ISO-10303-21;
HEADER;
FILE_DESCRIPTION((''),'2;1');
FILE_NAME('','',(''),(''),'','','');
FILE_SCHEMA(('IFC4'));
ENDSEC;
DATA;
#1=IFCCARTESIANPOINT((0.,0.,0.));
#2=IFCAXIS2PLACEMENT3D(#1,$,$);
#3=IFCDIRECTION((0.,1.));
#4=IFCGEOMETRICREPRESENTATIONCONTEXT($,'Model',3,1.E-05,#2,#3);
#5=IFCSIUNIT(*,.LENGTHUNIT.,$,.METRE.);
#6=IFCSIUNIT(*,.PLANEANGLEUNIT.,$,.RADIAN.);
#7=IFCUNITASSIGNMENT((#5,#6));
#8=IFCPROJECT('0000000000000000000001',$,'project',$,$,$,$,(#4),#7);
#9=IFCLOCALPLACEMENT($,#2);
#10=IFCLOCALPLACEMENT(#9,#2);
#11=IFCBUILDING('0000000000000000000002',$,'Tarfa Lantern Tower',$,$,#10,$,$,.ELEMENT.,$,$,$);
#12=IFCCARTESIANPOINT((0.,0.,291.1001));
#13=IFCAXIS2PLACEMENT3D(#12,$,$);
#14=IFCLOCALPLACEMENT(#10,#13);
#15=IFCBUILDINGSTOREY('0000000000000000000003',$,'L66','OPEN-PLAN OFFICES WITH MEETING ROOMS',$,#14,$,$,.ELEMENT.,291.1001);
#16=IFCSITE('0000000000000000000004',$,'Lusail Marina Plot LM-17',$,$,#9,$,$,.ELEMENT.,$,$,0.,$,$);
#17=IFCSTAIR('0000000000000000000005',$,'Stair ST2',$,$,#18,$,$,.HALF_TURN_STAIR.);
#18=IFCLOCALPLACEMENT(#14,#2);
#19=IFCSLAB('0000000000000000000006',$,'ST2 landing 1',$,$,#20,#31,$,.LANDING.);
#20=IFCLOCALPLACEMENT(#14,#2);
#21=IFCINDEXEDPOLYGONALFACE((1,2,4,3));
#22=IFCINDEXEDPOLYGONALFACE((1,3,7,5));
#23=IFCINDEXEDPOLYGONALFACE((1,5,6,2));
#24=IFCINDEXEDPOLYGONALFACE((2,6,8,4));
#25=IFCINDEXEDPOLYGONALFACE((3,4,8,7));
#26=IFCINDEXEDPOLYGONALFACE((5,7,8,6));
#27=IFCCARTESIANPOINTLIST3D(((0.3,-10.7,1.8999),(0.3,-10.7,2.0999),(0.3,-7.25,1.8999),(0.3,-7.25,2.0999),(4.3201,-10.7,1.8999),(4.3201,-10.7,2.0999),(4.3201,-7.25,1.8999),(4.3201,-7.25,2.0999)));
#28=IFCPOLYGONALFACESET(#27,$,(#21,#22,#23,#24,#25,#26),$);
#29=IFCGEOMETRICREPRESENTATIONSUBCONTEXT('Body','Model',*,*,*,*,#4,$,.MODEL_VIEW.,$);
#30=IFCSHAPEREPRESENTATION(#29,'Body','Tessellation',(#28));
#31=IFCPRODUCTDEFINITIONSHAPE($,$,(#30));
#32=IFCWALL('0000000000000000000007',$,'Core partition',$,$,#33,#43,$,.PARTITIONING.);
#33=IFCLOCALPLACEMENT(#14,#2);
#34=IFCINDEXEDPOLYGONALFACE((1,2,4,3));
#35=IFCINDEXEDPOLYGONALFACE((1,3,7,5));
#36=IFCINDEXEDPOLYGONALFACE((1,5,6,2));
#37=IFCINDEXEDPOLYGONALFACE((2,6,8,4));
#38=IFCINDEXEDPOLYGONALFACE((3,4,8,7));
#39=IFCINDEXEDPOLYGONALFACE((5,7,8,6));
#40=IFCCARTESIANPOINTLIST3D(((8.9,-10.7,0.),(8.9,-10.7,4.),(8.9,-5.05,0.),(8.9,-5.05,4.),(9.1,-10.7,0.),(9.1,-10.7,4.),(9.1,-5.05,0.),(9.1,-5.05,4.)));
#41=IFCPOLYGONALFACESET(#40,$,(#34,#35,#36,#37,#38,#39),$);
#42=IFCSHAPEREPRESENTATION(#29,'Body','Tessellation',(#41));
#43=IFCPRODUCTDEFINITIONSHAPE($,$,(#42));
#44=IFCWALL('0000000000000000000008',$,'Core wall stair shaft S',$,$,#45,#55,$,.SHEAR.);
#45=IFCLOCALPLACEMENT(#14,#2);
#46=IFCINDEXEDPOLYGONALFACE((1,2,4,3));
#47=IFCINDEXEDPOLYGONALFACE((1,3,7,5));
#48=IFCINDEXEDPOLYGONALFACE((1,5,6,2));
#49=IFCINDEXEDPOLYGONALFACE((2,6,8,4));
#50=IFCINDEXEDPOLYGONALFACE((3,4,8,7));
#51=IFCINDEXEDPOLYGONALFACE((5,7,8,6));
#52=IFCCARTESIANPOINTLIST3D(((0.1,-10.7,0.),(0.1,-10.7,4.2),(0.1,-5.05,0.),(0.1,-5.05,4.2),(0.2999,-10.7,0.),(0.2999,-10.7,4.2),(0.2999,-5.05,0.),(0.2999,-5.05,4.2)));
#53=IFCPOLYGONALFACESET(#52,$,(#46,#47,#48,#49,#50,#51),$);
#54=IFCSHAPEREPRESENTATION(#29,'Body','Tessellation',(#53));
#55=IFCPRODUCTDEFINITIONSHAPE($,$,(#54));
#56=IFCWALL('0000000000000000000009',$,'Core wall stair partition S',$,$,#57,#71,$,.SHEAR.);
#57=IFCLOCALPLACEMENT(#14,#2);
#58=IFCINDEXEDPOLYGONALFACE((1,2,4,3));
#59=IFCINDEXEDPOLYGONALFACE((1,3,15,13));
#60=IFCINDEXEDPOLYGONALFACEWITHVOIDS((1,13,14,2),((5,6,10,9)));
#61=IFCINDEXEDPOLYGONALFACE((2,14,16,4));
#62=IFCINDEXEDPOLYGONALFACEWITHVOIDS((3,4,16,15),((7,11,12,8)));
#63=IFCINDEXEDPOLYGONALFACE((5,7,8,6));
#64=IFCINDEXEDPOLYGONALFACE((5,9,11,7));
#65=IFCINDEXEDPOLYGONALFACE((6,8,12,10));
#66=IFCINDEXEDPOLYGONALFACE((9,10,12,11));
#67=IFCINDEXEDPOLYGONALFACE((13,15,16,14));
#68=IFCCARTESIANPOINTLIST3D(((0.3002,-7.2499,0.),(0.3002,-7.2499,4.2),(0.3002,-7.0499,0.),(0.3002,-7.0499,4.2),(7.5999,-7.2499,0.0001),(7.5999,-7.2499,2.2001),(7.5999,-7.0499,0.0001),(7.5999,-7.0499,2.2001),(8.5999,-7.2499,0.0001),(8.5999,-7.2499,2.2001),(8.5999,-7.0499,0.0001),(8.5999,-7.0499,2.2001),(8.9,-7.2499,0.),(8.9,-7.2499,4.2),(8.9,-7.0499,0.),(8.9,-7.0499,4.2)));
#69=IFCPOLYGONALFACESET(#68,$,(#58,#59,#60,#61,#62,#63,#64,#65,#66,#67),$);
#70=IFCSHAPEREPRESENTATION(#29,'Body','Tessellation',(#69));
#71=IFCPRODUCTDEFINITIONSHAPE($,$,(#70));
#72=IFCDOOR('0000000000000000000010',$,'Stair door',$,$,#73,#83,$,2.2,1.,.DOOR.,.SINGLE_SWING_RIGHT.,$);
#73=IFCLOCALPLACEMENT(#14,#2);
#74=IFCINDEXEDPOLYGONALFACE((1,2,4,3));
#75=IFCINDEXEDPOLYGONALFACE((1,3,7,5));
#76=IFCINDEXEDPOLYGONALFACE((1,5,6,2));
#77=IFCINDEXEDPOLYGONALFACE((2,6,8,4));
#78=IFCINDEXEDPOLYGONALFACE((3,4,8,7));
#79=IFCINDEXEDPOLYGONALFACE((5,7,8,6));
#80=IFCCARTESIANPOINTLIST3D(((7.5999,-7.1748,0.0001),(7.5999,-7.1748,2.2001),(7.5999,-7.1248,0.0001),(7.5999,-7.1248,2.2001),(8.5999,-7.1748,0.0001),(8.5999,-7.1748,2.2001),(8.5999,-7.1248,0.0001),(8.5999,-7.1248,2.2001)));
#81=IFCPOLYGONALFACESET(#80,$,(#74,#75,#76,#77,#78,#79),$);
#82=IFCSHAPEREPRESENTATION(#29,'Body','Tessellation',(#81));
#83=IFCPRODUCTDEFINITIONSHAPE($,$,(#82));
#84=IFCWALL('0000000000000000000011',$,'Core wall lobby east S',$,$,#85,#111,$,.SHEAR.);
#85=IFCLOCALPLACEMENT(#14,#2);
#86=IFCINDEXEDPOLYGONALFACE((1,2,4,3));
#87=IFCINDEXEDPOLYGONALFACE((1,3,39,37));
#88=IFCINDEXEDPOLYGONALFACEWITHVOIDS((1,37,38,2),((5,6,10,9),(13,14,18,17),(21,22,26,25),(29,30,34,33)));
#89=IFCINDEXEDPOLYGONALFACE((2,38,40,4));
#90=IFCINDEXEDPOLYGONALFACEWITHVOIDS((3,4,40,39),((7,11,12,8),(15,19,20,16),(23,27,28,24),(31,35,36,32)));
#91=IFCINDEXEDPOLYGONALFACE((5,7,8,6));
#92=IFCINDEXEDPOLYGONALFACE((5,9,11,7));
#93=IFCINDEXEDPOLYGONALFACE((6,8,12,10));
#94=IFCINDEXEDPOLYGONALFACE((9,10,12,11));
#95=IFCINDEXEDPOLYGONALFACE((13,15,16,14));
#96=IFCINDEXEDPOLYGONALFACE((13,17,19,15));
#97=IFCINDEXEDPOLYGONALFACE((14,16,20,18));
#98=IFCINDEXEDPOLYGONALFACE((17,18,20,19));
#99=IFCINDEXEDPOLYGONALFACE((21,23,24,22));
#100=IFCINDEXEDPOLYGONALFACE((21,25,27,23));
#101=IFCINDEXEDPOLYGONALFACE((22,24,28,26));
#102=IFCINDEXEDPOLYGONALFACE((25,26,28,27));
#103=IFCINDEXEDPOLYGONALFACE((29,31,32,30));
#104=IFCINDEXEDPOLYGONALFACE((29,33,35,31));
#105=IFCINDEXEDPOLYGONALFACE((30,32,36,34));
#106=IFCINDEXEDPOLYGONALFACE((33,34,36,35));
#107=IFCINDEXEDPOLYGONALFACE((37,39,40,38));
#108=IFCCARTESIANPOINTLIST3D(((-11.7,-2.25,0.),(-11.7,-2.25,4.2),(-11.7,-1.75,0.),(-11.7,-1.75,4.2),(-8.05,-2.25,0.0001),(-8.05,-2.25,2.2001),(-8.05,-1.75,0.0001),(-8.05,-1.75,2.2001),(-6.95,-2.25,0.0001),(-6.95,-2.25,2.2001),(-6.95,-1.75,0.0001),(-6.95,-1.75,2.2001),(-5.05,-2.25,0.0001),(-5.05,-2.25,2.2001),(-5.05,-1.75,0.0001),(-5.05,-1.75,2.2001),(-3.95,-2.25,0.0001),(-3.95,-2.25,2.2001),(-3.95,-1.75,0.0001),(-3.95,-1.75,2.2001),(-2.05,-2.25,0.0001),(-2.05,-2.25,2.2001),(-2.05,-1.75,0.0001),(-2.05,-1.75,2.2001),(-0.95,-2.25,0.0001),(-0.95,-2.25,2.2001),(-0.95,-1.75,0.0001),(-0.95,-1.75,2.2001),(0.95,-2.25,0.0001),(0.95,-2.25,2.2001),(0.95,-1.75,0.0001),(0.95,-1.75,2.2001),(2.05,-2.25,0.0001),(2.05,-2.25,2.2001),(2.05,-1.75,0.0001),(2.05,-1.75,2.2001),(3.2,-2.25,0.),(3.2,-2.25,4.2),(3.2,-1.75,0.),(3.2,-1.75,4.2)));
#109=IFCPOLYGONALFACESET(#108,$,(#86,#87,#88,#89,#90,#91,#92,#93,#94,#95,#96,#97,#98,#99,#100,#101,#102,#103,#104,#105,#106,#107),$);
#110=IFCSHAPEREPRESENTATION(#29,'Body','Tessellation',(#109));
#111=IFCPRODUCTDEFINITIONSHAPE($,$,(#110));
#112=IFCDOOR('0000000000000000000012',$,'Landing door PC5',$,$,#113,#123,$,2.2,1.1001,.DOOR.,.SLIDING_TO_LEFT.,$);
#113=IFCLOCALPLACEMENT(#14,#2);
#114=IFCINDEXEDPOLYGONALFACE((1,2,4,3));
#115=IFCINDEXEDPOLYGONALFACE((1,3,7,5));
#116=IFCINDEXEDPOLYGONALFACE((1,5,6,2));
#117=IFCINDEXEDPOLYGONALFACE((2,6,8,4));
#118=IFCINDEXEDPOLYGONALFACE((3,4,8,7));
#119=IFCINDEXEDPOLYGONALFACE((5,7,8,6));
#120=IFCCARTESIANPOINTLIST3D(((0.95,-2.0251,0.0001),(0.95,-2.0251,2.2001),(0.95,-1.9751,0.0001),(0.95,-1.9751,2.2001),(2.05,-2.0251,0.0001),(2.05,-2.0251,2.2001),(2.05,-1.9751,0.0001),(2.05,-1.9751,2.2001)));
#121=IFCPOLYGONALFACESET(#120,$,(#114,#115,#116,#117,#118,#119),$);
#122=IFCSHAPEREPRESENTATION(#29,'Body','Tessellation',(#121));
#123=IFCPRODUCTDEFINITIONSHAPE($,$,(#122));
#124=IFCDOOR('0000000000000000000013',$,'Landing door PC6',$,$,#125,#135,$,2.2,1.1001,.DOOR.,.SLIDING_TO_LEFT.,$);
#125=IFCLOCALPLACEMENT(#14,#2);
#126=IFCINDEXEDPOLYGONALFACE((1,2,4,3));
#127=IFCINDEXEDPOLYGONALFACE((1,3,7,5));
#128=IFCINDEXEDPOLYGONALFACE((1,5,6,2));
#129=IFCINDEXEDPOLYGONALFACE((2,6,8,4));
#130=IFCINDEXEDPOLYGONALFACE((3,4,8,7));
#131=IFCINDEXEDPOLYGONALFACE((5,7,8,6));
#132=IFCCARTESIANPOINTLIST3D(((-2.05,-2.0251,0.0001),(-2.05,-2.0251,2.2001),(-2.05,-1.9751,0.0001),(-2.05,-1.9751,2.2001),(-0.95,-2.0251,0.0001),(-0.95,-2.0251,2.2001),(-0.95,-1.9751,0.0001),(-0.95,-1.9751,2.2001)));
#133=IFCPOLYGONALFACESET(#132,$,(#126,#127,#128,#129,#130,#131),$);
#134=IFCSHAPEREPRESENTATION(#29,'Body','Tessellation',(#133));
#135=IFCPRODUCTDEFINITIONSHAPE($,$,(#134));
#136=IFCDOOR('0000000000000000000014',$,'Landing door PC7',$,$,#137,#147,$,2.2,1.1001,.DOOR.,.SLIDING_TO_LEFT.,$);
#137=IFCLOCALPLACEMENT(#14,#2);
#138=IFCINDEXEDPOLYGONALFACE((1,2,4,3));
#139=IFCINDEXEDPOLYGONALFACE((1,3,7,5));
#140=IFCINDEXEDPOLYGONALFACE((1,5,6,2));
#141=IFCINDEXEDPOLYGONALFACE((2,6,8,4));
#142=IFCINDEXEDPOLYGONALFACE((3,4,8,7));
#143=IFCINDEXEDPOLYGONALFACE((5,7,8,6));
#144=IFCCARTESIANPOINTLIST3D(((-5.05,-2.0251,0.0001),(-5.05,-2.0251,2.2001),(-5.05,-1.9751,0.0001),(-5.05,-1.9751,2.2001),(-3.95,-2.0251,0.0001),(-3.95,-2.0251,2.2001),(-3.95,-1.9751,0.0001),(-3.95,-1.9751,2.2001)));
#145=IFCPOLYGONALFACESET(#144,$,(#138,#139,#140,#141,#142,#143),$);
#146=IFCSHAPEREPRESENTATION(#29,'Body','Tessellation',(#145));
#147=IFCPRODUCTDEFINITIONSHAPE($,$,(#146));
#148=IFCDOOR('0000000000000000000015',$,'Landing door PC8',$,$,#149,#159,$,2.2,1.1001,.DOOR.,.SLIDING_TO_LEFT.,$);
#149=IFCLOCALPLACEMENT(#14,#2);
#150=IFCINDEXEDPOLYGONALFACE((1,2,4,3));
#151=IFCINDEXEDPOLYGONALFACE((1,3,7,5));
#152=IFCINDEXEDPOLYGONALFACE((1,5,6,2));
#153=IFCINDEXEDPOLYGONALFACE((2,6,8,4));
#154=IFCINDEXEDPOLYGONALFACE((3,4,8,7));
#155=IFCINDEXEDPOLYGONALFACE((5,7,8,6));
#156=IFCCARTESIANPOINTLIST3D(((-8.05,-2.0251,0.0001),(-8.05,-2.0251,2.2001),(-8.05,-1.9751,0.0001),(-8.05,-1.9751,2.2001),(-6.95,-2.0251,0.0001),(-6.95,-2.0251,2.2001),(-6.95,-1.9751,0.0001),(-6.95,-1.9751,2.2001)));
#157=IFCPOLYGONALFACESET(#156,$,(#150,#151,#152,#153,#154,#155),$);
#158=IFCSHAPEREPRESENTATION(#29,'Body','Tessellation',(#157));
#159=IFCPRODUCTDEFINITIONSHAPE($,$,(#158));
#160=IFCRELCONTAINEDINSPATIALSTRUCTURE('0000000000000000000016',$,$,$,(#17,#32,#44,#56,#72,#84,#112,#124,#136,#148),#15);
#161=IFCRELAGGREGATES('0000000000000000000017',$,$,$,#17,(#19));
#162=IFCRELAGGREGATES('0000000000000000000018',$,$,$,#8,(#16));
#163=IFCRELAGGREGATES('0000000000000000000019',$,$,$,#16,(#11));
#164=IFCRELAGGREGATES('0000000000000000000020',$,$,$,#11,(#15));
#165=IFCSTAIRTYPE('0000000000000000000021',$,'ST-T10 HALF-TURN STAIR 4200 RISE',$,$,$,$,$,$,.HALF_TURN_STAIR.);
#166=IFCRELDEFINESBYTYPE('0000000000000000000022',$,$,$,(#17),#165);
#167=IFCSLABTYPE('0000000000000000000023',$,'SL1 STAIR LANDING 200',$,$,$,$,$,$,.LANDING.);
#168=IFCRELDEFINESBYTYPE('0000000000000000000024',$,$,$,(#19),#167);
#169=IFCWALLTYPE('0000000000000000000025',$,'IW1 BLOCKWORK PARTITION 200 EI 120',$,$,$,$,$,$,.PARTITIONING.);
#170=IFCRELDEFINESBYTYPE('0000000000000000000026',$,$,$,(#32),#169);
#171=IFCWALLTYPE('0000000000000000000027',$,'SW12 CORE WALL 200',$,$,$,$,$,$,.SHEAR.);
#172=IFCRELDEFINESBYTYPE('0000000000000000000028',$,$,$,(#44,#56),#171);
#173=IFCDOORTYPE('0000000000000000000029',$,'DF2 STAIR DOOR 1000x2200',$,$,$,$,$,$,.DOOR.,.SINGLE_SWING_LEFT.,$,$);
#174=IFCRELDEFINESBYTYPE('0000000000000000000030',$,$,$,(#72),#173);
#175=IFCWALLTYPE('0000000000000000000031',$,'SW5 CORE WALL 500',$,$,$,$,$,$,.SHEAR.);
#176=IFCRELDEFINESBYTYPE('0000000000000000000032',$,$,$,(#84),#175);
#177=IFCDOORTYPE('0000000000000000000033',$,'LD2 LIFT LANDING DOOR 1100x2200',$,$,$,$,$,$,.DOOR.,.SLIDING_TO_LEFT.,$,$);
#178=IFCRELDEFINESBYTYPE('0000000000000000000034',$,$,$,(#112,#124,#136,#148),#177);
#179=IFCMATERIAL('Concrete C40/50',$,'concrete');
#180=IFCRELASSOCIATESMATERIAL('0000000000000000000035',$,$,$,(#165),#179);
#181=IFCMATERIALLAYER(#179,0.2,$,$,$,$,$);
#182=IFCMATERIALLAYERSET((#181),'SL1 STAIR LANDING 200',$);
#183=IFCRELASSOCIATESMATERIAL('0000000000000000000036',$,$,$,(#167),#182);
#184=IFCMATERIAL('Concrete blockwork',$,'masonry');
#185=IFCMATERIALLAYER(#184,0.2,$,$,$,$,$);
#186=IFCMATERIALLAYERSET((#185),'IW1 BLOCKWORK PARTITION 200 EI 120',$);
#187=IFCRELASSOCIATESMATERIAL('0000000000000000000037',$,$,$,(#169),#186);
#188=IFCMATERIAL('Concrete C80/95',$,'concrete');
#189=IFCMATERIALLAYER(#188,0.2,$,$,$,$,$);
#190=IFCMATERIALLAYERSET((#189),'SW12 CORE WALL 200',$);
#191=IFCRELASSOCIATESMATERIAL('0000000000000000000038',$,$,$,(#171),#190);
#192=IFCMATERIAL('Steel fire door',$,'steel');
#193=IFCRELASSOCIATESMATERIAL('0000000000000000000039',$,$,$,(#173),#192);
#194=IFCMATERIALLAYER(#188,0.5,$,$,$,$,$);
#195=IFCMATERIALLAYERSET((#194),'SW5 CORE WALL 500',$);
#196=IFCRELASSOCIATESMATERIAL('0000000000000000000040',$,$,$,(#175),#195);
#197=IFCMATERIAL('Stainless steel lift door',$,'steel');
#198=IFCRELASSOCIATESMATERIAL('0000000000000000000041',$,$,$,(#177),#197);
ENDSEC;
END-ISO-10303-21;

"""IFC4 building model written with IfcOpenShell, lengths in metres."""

from ifc_helpers import new_model, si_unit, direction, frame, frame_2d, origin, place, context, subcontext, project, spatial, polyline, rectangle, outline, extrude, material, layer, layer_set, type_object, element, fill, aggregate, save


model = new_model("IFC4")

# Units and contexts
model_context = context("Model", 3, precision=1e-05, world=origin(), true_north=direction((0.0, 1.0)))
body_context = subcontext(model_context, "Body", "Model", "MODEL_VIEW")
ifc_project = project(units=[si_unit("LENGTHUNIT", "METRE"), si_unit("PLANEANGLEUNIT", "RADIAN")], contexts=[model_context])

# Site, building, storey
site_placement = place(None, origin())
site = spatial("IfcSite", under=ifc_project, at=site_placement, Name="Lusail Marina Plot LM-17", CompositionType="ELEMENT", RefElevation=0.0)
building_placement = place(site_placement, origin())
building = spatial("IfcBuilding", under=site, at=building_placement, Name="Tarfa Lantern Tower", CompositionType="ELEMENT")
storey_placement = place(building_placement, frame((0.0, 0.0, 291.1001)))
storey = spatial("IfcBuildingStorey", under=building, at=storey_placement, Name="L66", Description="OPEN-PLAN OFFICES WITH MEETING ROOMS", CompositionType="ELEMENT", Elevation=291.1001)

# Stair, slab
ifc_material_1 = material(Name="Concrete C40/50", Category="concrete")
stair_type = type_object("IfcStairType", Name="ST-T10 HALF-TURN STAIR 4200 RISE", PredefinedType="HALF_TURN_STAIR", material=ifc_material_1)
stair_placement = place(storey_placement, origin())
stair = element("IfcStair", 1, at=stair_placement, inside=storey, type_object=stair_type, Name="Stair ST2", PredefinedType="HALF_TURN_STAIR")
ifc_layer_1 = layer(ifc_material_1, 0.2)
ifc_layer_set_1 = layer_set([ifc_layer_1], Name="SL1 STAIR LANDING 200")
slab_type = type_object("IfcSlabType", Name="SL1 STAIR LANDING 200", PredefinedType="LANDING", material=ifc_layer_set_1)
slab_placement = place(storey_placement, frame((0.0, 0.0, 1.8999)))
slab = element("IfcSlab", 2, at=slab_placement, type_object=slab_type, Name="ST2 landing 1", PredefinedType="LANDING", context=body_context, shape_type="SweptSolid", body=[
    extrude(outline(polyline([(4.3201, -7.25), (0.3, -7.25), (0.3, -10.7), (4.3201, -10.7), (4.3201, -7.25)])), origin(), (0.0, 0.0, 1.0), 0.2),
])
aggregate(stair, [slab])

# Walls
ifc_material_2 = material(Name="Concrete blockwork", Category="masonry")
ifc_layer_2 = layer(ifc_material_2, 0.2)
ifc_layer_set_2 = layer_set([ifc_layer_2], Name="IW1 BLOCKWORK PARTITION 200 EI 120")
wall_type_1 = type_object("IfcWallType", Name="IW1 BLOCKWORK PARTITION 200 EI 120", PredefinedType="PARTITIONING", material=ifc_layer_set_2)
wall_1_placement = place(storey_placement, frame((9.0, -5.05, 0.0), z_axis=(0.0, 0.0, 1.0), x_axis=(0.0, -1.0, 0.0)))
element("IfcWall", 3, at=wall_1_placement, inside=storey, type_object=wall_type_1, Name="Core partition", PredefinedType="PARTITIONING", context=body_context, shape_type="SweptSolid", body=[
    extrude(rectangle(XDim=5.6499, YDim=0.2, at=frame_2d((2.825, 0.0))), origin(), (0.0, 0.0, 1.0), 4.0),
])
ifc_material_3 = material(Name="Concrete C80/95", Category="concrete")
ifc_layer_3 = layer(ifc_material_3, 0.2)
ifc_layer_set_3 = layer_set([ifc_layer_3], Name="SW12 CORE WALL 200")
wall_type_2 = type_object("IfcWallType", Name="SW12 CORE WALL 200", PredefinedType="SHEAR", material=ifc_layer_set_3)
wall_2_placement = place(storey_placement, frame((0.2, -5.05, 0.0), z_axis=(0.0, 0.0, 1.0), x_axis=(0.0, -1.0, 0.0)))
element("IfcWall", 4, at=wall_2_placement, inside=storey, type_object=wall_type_2, Name="Core wall stair shaft S", PredefinedType="SHEAR", context=body_context, shape_type="SweptSolid", body=[
    extrude(rectangle(XDim=5.6499, YDim=0.2, at=frame_2d((2.825, 0.0))), origin(), (0.0, 0.0, 1.0), 4.2),
])

# Wall, opening, door
wall_3_placement = place(storey_placement, frame((8.8999, -7.1499, 0.0), z_axis=(0.0, 0.0, 1.0), x_axis=(-1.0, 0.0, 0.0)))
wall_3 = element("IfcWall", 5, at=wall_3_placement, inside=storey, type_object=wall_type_2, Name="Core wall stair partition S", PredefinedType="SHEAR", context=body_context, shape_type="SweptSolid", body=[
    extrude(rectangle(XDim=8.5999, YDim=0.2, at=frame_2d((4.2998, 0.0))), origin(), (0.0, 0.0, 1.0), 4.2),
])
opening_1_placement = place(wall_3_placement, frame((0.3, 0.0, 0.0)))
opening_1 = element("IfcOpeningElement", 6, at=opening_1_placement, cuts=wall_3, PredefinedType="OPENING", context=body_context, shape_type="SweptSolid", body=[
    extrude(rectangle(XDim=1.0, YDim=2.2, at=frame_2d((0.5, 1.1001))), frame((0.0, 0.1099, 0.0), z_axis=(0.0, -1.0, 0.0), x_axis=(1.0, 0.0, 0.0)), (0.0, 0.0, 1.0), 0.22),
])
ifc_material_4 = material(Name="Steel fire door", Category="steel")
door_type_1 = type_object("IfcDoorType", Name="DF2 STAIR DOOR 1000x2200", OperationType="SINGLE_SWING_LEFT", PredefinedType="DOOR", material=ifc_material_4)
door_1_placement = place(opening_1_placement, origin())
door_1 = element("IfcDoor", 7, at=door_1_placement, inside=storey, type_object=door_type_1, Name="Stair door", OperationType="SINGLE_SWING_RIGHT", OverallHeight=2.2, OverallWidth=1.0, PredefinedType="DOOR", context=body_context, shape_type="SweptSolid", body=[
    extrude(rectangle(XDim=1.0, YDim=2.2, at=frame_2d((0.5, 1.1001))), frame((0.0, 0.0249, 0.0), z_axis=(0.0, -1.0, 0.0), x_axis=(1.0, 0.0, 0.0)), (0.0, 0.0, 1.0), 0.05),
])
fill(opening_1, door_1)

# Wall, openings, doors
ifc_layer_4 = layer(ifc_material_3, 0.5)
ifc_layer_set_4 = layer_set([ifc_layer_4], Name="SW5 CORE WALL 500")
wall_type_3 = type_object("IfcWallType", Name="SW5 CORE WALL 500", PredefinedType="SHEAR", material=ifc_layer_set_4)
wall_4_placement = place(storey_placement, frame((3.2, -2.0, 0.0), z_axis=(0.0, 0.0, 1.0), x_axis=(-1.0, 0.0, 0.0)))
wall_4 = element("IfcWall", 8, at=wall_4_placement, inside=storey, type_object=wall_type_3, Name="Core wall lobby east S", PredefinedType="SHEAR", context=body_context, shape_type="SweptSolid", body=[
    extrude(rectangle(XDim=14.8999, YDim=0.5, at=frame_2d((7.45, 0.0))), origin(), (0.0, 0.0, 1.0), 4.2),
])
opening_2_placement = place(wall_4_placement, frame((1.1499, 0.0, 0.0)))
opening_2 = element("IfcOpeningElement", 9, at=opening_2_placement, cuts=wall_4, PredefinedType="OPENING", context=body_context, shape_type="SweptSolid", body=[
    extrude(rectangle(XDim=1.1001, YDim=2.2, at=frame_2d((0.55, 1.1001))), frame((0.0, 0.26, 0.0), z_axis=(0.0, -1.0, 0.0), x_axis=(1.0, 0.0, 0.0)), (0.0, 0.0, 1.0), 0.52),
])
opening_3_placement = place(wall_4_placement, frame((4.1499, 0.0, 0.0)))
opening_3 = element("IfcOpeningElement", 10, at=opening_3_placement, cuts=wall_4, PredefinedType="OPENING", context=body_context, shape_type="SweptSolid", body=[
    extrude(rectangle(XDim=1.1001, YDim=2.2, at=frame_2d((0.55, 1.1001))), frame((0.0, 0.26, 0.0), z_axis=(0.0, -1.0, 0.0), x_axis=(1.0, 0.0, 0.0)), (0.0, 0.0, 1.0), 0.52),
])
opening_4_placement = place(wall_4_placement, frame((7.1499, 0.0, 0.0)))
opening_4 = element("IfcOpeningElement", 11, at=opening_4_placement, cuts=wall_4, PredefinedType="OPENING", context=body_context, shape_type="SweptSolid", body=[
    extrude(rectangle(XDim=1.1001, YDim=2.2, at=frame_2d((0.55, 1.1001))), frame((0.0, 0.26, 0.0), z_axis=(0.0, -1.0, 0.0), x_axis=(1.0, 0.0, 0.0)), (0.0, 0.0, 1.0), 0.52),
])
opening_5_placement = place(wall_4_placement, frame((10.1499, 0.0, 0.0)))
opening_5 = element("IfcOpeningElement", 12, at=opening_5_placement, cuts=wall_4, PredefinedType="OPENING", context=body_context, shape_type="SweptSolid", body=[
    extrude(rectangle(XDim=1.1001, YDim=2.2, at=frame_2d((0.55, 1.1001))), frame((0.0, 0.26, 0.0), z_axis=(0.0, -1.0, 0.0), x_axis=(1.0, 0.0, 0.0)), (0.0, 0.0, 1.0), 0.52),
])
ifc_material_5 = material(Name="Stainless steel lift door", Category="steel")
door_type_2 = type_object("IfcDoorType", Name="LD2 LIFT LANDING DOOR 1100x2200", OperationType="SLIDING_TO_LEFT", PredefinedType="DOOR", material=ifc_material_5)
door_2_placement = place(opening_2_placement, frame((1.1001, 0.0, 0.0), z_axis=(0.0, 0.0, 1.0), x_axis=(-1.0, 0.0, 0.0)))
door_2 = element("IfcDoor", 13, at=door_2_placement, inside=storey, type_object=door_type_2, Name="Landing door PC5", OperationType="SLIDING_TO_LEFT", OverallHeight=2.2, OverallWidth=1.1001, PredefinedType="DOOR", context=body_context, shape_type="SweptSolid", body=[
    extrude(rectangle(XDim=1.1001, YDim=2.2, at=frame_2d((0.55, 1.1001))), frame((0.0, 0.0249, 0.0), z_axis=(0.0, -1.0, 0.0), x_axis=(1.0, 0.0, 0.0)), (0.0, 0.0, 1.0), 0.05),
])
fill(opening_2, door_2)
door_3_placement = place(opening_3_placement, frame((1.1001, 0.0, 0.0), z_axis=(0.0, 0.0, 1.0), x_axis=(-1.0, 0.0, 0.0)))
door_3 = element("IfcDoor", 14, at=door_3_placement, inside=storey, type_object=door_type_2, Name="Landing door PC6", OperationType="SLIDING_TO_LEFT", OverallHeight=2.2, OverallWidth=1.1001, PredefinedType="DOOR", context=body_context, shape_type="SweptSolid", body=[
    extrude(rectangle(XDim=1.1001, YDim=2.2, at=frame_2d((0.55, 1.1001))), frame((0.0, 0.0249, 0.0), z_axis=(0.0, -1.0, 0.0), x_axis=(1.0, 0.0, 0.0)), (0.0, 0.0, 1.0), 0.05),
])
fill(opening_3, door_3)
door_4_placement = place(opening_4_placement, frame((1.1001, 0.0, 0.0), z_axis=(0.0, 0.0, 1.0), x_axis=(-1.0, 0.0, 0.0)))
door_4 = element("IfcDoor", 15, at=door_4_placement, inside=storey, type_object=door_type_2, Name="Landing door PC7", OperationType="SLIDING_TO_LEFT", OverallHeight=2.2, OverallWidth=1.1001, PredefinedType="DOOR", context=body_context, shape_type="SweptSolid", body=[
    extrude(rectangle(XDim=1.1001, YDim=2.2, at=frame_2d((0.55, 1.1001))), frame((0.0, 0.0249, 0.0), z_axis=(0.0, -1.0, 0.0), x_axis=(1.0, 0.0, 0.0)), (0.0, 0.0, 1.0), 0.05),
])
fill(opening_4, door_4)
door_5_placement = place(opening_5_placement, frame((1.1001, 0.0, 0.0), z_axis=(0.0, 0.0, 1.0), x_axis=(-1.0, 0.0, 0.0)))
door_5 = element("IfcDoor", 16, at=door_5_placement, inside=storey, type_object=door_type_2, Name="Landing door PC8", OperationType="SLIDING_TO_LEFT", OverallHeight=2.2, OverallWidth=1.1001, PredefinedType="DOOR", context=body_context, shape_type="SweptSolid", body=[
    extrude(rectangle(XDim=1.1001, YDim=2.2, at=frame_2d((0.55, 1.1001))), frame((0.0, 0.0249, 0.0), z_axis=(0.0, -1.0, 0.0), x_axis=(1.0, 0.0, 0.0)), (0.0, 0.0, 1.0), 0.05),
])
fill(opening_5, door_5)

save(model, "model.ifc")
